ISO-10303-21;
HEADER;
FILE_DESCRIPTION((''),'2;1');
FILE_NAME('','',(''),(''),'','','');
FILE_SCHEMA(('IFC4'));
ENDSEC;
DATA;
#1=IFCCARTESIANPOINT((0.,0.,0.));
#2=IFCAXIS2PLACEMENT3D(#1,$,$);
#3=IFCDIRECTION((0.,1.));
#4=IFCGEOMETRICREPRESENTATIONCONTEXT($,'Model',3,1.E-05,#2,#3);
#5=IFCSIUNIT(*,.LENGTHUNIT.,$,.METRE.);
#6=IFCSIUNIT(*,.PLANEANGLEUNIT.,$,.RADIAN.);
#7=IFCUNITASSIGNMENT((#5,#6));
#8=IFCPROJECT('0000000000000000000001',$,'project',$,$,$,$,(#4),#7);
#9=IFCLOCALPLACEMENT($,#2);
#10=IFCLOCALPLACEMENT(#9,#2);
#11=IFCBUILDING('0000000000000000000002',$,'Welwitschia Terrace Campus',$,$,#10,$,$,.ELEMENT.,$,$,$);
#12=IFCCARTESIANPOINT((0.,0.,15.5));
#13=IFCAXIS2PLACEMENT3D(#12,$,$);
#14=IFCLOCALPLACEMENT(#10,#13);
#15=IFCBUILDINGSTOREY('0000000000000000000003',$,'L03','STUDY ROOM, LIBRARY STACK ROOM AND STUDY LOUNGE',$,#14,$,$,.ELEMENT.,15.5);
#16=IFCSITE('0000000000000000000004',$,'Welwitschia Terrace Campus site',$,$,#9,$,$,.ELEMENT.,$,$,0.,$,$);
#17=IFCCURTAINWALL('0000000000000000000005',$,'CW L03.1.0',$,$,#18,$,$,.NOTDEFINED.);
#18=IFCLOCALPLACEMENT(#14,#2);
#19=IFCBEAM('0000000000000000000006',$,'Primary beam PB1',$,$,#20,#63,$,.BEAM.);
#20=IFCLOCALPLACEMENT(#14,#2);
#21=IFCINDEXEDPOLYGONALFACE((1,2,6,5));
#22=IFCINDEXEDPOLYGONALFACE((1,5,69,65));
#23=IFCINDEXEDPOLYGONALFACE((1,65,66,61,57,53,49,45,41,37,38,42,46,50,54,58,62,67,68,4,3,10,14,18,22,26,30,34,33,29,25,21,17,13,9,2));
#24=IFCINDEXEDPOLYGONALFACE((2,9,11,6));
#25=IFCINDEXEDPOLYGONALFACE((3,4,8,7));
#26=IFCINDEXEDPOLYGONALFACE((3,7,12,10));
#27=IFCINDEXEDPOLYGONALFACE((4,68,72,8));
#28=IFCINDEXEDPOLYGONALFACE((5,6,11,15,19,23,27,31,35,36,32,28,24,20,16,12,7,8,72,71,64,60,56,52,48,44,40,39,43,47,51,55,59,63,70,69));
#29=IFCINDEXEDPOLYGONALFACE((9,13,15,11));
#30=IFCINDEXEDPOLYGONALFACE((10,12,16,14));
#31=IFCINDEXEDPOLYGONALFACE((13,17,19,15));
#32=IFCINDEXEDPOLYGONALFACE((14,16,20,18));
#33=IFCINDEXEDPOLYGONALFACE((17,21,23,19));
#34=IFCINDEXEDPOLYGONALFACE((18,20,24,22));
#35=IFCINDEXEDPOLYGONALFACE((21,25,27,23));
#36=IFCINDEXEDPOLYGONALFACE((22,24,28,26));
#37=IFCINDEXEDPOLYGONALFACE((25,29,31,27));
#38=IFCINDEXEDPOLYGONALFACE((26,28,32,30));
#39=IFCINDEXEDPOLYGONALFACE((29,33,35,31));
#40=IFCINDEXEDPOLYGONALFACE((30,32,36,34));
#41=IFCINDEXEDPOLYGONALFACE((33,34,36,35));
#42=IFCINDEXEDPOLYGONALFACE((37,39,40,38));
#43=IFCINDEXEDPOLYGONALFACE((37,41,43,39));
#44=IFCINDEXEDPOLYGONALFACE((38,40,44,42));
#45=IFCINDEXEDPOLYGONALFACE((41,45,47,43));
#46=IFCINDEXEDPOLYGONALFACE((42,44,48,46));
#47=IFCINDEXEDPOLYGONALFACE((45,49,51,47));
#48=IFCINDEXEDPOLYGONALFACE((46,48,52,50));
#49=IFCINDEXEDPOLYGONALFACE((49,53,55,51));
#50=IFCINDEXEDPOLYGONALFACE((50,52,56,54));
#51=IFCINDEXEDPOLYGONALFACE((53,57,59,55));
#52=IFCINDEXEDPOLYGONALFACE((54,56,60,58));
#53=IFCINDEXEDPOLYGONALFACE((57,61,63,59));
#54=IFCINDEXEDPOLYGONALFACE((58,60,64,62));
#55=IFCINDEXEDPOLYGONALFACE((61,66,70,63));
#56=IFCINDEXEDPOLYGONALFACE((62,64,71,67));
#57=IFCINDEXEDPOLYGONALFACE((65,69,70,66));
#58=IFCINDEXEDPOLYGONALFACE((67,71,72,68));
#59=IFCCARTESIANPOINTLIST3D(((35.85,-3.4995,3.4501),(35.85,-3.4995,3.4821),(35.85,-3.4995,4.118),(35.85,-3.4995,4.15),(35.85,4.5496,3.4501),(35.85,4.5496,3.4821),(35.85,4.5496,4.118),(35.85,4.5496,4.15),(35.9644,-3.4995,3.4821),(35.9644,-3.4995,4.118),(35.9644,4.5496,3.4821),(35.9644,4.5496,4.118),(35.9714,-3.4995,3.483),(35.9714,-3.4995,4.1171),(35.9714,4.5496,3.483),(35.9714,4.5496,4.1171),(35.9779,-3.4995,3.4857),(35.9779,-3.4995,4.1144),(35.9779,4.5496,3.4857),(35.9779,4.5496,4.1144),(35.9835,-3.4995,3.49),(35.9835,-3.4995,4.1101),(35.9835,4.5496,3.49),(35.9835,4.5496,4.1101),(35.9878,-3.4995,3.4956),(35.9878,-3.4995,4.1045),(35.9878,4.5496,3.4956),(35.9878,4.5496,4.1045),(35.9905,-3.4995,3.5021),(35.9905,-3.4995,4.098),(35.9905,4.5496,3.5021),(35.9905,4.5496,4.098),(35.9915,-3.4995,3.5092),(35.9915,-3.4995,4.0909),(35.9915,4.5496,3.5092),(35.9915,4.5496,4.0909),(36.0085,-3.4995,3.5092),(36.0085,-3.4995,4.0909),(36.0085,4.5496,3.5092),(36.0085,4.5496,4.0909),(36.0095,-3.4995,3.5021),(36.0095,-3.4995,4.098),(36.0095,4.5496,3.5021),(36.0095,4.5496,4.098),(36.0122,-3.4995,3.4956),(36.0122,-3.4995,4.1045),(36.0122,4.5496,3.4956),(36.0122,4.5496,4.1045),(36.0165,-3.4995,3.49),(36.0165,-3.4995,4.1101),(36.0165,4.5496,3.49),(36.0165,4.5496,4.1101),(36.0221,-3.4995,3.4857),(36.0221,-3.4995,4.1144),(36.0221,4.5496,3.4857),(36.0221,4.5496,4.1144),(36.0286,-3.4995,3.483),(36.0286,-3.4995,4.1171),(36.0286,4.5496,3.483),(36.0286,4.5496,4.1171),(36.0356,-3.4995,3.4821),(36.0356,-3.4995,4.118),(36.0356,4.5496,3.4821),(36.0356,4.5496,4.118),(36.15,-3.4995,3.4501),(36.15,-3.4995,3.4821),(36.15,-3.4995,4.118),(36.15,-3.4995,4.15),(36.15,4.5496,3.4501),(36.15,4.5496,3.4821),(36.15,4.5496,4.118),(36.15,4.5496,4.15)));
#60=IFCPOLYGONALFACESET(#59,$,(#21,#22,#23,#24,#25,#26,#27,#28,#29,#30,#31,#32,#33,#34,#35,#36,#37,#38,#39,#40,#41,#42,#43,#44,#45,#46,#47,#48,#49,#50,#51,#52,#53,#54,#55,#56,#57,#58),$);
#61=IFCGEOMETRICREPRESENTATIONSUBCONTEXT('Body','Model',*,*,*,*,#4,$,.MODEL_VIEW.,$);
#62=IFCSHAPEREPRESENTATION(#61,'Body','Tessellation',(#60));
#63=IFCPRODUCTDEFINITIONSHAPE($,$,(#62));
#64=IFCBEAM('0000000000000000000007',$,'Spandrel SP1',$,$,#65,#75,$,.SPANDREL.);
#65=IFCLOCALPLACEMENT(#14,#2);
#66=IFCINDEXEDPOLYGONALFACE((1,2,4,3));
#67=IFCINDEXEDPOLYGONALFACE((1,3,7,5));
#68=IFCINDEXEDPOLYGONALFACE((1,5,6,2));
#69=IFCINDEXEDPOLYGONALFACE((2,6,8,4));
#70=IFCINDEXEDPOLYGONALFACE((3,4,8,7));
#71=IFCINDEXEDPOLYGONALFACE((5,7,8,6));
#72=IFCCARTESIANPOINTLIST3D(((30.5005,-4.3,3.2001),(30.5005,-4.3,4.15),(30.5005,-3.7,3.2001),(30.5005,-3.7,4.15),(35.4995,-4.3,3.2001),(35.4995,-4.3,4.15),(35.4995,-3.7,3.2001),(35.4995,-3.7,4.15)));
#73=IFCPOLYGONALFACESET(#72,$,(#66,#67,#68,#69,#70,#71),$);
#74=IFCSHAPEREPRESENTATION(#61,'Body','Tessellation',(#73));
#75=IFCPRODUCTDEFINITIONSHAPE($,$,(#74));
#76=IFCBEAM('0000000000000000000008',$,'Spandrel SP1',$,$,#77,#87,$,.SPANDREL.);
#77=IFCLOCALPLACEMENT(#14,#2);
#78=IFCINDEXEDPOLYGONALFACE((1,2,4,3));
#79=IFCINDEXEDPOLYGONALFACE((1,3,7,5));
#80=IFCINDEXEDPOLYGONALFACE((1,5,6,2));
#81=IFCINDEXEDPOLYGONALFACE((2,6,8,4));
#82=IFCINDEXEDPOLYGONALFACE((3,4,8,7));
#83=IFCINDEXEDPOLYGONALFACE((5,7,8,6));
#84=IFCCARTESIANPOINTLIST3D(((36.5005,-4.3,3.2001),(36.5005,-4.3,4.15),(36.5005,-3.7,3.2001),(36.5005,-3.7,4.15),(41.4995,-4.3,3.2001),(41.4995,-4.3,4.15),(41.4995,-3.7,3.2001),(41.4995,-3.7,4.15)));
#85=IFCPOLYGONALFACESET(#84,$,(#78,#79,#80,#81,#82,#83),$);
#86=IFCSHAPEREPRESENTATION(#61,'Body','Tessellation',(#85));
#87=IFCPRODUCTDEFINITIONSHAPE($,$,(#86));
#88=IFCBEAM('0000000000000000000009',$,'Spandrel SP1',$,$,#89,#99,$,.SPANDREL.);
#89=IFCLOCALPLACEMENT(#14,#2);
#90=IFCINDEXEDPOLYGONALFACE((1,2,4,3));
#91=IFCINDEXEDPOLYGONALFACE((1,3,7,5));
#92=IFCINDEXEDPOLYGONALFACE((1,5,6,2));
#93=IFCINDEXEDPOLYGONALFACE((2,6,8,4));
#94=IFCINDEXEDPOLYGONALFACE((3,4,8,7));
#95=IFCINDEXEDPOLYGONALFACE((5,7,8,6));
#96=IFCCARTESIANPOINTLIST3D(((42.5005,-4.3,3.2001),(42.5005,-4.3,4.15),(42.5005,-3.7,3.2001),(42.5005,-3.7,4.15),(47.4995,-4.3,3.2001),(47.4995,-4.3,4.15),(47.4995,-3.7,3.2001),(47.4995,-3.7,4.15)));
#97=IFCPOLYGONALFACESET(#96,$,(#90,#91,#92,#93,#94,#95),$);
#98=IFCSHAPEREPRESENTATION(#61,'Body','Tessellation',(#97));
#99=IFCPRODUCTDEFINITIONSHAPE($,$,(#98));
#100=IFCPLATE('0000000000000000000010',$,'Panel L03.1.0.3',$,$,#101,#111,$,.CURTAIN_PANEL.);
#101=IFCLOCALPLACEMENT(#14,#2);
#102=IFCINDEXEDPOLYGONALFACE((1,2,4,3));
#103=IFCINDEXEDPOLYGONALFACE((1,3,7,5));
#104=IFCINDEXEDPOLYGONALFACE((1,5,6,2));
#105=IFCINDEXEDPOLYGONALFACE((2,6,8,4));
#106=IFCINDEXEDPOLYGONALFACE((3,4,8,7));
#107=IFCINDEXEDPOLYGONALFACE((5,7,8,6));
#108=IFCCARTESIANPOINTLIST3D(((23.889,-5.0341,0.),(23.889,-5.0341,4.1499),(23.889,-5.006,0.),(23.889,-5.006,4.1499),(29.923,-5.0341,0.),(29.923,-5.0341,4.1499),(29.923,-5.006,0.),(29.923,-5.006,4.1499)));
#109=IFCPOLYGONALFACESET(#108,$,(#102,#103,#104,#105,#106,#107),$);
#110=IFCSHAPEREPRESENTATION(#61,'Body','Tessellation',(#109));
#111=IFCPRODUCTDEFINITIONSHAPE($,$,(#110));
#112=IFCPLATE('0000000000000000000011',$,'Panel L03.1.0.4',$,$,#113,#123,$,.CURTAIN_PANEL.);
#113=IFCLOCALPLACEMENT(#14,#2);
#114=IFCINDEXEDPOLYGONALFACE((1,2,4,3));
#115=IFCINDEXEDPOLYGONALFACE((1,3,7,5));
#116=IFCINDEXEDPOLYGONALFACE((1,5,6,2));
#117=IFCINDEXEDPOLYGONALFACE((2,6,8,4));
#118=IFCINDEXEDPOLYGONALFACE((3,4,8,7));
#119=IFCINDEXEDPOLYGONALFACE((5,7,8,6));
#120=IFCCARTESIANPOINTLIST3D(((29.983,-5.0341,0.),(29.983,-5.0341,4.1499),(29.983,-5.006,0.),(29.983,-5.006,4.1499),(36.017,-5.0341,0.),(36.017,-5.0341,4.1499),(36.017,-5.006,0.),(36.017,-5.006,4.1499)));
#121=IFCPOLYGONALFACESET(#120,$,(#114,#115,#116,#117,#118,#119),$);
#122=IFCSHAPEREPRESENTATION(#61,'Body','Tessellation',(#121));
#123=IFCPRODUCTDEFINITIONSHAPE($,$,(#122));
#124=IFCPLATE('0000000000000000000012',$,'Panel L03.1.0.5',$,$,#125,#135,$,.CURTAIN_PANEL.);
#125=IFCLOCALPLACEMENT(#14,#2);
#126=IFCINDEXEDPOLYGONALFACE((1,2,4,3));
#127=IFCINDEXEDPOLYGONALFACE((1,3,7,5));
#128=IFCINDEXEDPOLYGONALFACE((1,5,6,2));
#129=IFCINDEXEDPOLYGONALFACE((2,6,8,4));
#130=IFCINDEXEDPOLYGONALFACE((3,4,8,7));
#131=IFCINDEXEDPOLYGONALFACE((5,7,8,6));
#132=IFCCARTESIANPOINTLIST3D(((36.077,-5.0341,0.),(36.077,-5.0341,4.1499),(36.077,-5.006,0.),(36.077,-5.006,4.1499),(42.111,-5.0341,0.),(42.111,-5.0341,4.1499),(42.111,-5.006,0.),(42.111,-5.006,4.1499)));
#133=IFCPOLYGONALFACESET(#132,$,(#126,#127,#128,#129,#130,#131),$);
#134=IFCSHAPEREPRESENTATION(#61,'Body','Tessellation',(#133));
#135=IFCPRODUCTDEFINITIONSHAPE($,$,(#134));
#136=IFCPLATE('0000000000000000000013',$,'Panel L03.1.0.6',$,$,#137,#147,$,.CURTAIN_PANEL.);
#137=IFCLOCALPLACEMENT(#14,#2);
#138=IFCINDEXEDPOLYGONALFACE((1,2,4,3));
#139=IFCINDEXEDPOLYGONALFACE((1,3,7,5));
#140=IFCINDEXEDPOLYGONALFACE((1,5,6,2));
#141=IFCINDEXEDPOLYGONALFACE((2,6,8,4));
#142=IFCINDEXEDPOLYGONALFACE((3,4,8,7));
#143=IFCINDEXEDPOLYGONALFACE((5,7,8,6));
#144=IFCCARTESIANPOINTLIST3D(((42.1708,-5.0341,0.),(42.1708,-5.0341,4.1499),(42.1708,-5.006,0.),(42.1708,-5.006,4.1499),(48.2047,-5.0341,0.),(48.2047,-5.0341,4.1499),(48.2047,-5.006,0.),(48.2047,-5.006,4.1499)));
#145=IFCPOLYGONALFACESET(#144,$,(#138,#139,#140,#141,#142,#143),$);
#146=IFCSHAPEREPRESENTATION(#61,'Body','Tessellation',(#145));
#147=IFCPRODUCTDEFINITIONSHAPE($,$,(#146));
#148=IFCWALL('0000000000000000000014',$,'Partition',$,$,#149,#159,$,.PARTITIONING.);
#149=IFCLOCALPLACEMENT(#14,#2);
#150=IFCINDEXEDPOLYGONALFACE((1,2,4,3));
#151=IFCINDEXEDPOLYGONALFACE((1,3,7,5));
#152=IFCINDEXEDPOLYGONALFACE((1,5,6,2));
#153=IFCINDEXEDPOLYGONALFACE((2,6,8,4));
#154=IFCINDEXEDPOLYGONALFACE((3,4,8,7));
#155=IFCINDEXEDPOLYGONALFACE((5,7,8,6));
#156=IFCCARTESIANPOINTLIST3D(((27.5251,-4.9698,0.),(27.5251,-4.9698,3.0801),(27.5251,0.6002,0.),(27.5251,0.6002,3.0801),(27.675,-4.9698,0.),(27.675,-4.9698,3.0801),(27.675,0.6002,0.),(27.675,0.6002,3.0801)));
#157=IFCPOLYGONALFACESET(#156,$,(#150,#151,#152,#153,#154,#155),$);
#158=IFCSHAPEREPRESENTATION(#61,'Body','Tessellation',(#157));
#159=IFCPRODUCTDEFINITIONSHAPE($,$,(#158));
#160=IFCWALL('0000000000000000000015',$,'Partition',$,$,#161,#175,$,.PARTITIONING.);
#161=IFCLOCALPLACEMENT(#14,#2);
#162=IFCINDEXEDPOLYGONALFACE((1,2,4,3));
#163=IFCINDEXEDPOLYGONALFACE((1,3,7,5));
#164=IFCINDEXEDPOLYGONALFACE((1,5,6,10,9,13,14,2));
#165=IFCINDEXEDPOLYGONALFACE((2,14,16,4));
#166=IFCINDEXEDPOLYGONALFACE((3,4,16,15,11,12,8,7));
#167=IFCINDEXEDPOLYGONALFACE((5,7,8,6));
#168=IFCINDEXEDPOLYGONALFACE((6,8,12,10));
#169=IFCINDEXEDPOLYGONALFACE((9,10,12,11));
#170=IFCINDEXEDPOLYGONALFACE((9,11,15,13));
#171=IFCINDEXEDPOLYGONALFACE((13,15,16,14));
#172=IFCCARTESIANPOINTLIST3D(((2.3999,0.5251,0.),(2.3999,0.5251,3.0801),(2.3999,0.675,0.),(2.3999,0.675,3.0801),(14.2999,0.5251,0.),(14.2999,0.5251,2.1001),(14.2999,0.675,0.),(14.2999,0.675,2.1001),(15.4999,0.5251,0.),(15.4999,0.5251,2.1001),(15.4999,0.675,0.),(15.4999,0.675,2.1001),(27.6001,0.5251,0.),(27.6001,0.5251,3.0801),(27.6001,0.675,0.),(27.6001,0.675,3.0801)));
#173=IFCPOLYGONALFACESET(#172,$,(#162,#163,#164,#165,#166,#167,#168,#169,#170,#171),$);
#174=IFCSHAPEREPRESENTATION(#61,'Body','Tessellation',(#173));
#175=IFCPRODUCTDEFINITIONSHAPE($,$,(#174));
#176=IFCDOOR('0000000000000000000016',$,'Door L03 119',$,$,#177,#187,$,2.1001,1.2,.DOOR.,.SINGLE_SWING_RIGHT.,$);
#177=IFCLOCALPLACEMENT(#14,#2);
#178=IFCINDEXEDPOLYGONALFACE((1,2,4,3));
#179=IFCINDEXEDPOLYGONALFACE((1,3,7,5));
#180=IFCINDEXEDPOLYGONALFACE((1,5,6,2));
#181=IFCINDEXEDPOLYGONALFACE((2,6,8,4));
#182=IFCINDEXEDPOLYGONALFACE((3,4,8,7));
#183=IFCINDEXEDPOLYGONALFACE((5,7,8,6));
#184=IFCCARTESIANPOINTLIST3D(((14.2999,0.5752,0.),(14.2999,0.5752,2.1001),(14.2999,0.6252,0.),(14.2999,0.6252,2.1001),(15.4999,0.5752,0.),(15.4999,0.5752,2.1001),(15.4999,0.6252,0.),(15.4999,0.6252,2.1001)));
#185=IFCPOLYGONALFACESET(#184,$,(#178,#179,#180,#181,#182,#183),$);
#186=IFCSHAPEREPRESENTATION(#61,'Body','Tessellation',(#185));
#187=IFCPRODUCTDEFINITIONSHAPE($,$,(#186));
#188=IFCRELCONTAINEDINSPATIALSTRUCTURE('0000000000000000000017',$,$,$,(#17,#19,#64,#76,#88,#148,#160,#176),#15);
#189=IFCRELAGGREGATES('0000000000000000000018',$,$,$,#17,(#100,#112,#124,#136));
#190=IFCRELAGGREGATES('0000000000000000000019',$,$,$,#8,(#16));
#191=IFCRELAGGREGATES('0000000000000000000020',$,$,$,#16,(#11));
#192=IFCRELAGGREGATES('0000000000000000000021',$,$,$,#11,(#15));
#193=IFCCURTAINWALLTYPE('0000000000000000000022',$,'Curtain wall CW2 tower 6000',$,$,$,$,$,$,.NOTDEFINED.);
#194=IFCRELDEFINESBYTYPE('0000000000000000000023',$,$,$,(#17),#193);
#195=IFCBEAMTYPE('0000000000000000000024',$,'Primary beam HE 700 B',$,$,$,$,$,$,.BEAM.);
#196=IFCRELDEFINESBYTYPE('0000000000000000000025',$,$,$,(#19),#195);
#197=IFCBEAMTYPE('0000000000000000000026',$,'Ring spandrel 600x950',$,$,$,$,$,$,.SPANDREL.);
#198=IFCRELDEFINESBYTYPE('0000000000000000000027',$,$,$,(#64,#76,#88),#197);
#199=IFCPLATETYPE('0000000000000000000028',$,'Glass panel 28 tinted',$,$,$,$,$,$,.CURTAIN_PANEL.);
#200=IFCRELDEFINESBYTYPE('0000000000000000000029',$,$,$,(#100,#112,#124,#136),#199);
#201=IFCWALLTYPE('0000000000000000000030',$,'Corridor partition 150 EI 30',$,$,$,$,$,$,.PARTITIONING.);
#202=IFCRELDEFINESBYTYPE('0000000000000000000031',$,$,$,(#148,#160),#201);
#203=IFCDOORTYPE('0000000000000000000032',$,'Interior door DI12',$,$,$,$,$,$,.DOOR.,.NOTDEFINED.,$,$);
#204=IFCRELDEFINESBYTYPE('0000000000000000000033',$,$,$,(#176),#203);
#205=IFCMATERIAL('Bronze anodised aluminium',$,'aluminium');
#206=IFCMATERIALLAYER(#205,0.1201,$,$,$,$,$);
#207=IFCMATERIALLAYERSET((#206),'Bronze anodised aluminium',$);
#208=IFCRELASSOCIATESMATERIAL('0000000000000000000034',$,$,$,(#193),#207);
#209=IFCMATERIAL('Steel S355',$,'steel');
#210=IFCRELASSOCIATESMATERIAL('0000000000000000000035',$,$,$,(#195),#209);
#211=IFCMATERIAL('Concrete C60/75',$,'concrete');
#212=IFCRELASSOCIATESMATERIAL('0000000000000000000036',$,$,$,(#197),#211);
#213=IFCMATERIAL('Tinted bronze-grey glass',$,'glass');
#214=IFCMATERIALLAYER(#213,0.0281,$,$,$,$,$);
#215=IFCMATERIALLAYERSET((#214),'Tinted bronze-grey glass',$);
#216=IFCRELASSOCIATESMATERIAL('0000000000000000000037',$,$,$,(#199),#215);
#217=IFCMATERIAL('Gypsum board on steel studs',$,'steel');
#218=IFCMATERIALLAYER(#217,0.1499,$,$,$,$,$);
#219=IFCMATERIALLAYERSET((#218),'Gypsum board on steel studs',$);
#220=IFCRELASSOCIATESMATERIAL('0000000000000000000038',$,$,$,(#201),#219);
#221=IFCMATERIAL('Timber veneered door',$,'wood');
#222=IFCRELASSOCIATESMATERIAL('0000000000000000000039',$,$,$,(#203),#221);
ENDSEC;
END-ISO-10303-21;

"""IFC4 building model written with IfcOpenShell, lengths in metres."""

from ifc_helpers import new_model, si_unit, direction, frame, frame_2d, origin, origin_2d, place, context, subcontext, project, spatial, rectangle, i_section, extrude, material, layer, layer_set, material_profile, profile_set, type_object, element, fill, aggregate, save


model = new_model("IFC4")

# Units and contexts
model_context = context("Model", 3, precision=1e-05, world=origin(), true_north=direction((0.0, 1.0)))
body_context = subcontext(model_context, "Body", "Model", "MODEL_VIEW")
ifc_project = project(units=[si_unit("LENGTHUNIT", "METRE"), si_unit("PLANEANGLEUNIT", "RADIAN")], contexts=[model_context])

# Site, building, storey
site_placement = place(None, origin())
site = spatial("IfcSite", under=ifc_project, at=site_placement, Name="Welwitschia Terrace Campus site", CompositionType="ELEMENT", RefElevation=0.0)
building_placement = place(site_placement, origin())
building = spatial("IfcBuilding", under=site, at=building_placement, Name="Welwitschia Terrace Campus", CompositionType="ELEMENT")
storey_placement = place(building_placement, frame((0.0, 0.0, 15.5)))
storey = spatial("IfcBuildingStorey", under=building, at=storey_placement, Name="L03", Description="STUDY ROOM, LIBRARY STACK ROOM AND STUDY LOUNGE", CompositionType="ELEMENT", Elevation=15.5)

# Curtain wall
ifc_material_1 = material(Name="Bronze anodised aluminium", Category="aluminium")
ifc_layer_1 = layer(ifc_material_1, 0.1201)
ifc_layer_set_1 = layer_set([ifc_layer_1], Name="Bronze anodised aluminium")
curtain_wall_type = type_object("IfcCurtainWallType", Name="Curtain wall CW2 tower 6000", PredefinedType="NOTDEFINED", material=ifc_layer_set_1)
curtain_wall_placement = place(storey_placement, origin())
curtain_wall = element("IfcCurtainWall", 1, at=curtain_wall_placement, inside=storey, type_object=curtain_wall_type, Name="CW L03.1.0", PredefinedType="NOTDEFINED")

# Beams
ifc_material_2 = material(Name="Steel S355", Category="steel")
ifc_material_profile_1 = material_profile(ifc_material_2, i_section(OverallWidth=0.3, OverallDepth=0.7, WebThickness=0.0171, FlangeThickness=0.032, FilletRadius=0.0271, at=origin_2d()))
ifc_profile_set_1 = profile_set([ifc_material_profile_1], Name="Steel S355")
beam_type_1 = type_object("IfcBeamType", Name="Primary beam HE 700 B", PredefinedType="BEAM", material=ifc_profile_set_1)
beam_placement = place(storey_placement, frame((36.0, -3.4995, 3.8), z_axis=(0.0, 1.0, 0.0), x_axis=(-1.0, 0.0, 0.0)))
element("IfcBeam", 2, at=beam_placement, inside=storey, type_object=beam_type_1, Name="Primary beam PB1", PredefinedType="BEAM", context=body_context, shape_type="SweptSolid", body=[
    extrude(i_section(OverallWidth=0.3, OverallDepth=0.7, WebThickness=0.0171, FlangeThickness=0.032, FilletRadius=0.0271, at=origin_2d()), origin(), (0.0, 0.0, 1.0), 8.0491),
])
ifc_material_3 = material(Name="Concrete C60/75", Category="concrete")
ifc_material_profile_2 = material_profile(ifc_material_3, rectangle(XDim=0.6001, YDim=0.95, at=origin_2d()))
ifc_profile_set_2 = profile_set([ifc_material_profile_2], Name="Concrete C60/75")
beam_type_2 = type_object("IfcBeamType", Name="Ring spandrel 600x950", PredefinedType="SPANDREL", material=ifc_profile_set_2)
for number, where, z_axis, x_axis, name in (
    (3, (30.5005, -4.0, 3.675), (1.0, 0.0, 0.0), (0.0, 1.0, 0.0), "Spandrel SP1"),
    (4, (36.5005, -4.0, 3.675), (1.0, 0.0, 0.0), (0.0, 1.0, 0.0), "Spandrel SP1"),
    (5, (42.5005, -4.0, 3.675), (1.0, 0.0, 0.0), (0.0, 1.0, 0.0), "Spandrel SP1"),
):
    element("IfcBeam", number, at=place(storey_placement, frame(where, z_axis=z_axis, x_axis=x_axis)), inside=storey, type_object=beam_type_2, Name=name, PredefinedType="SPANDREL", context=body_context, shape_type="SweptSolid", body=[
        extrude(rectangle(XDim=0.6001, YDim=0.95, at=origin_2d()), origin(), (0.0, 0.0, 1.0), 4.999),
    ])

# Plates
ifc_material_4 = material(Name="Tinted bronze-grey glass", Category="glass")
ifc_layer_2 = layer(ifc_material_4, 0.0281)
ifc_layer_set_2 = layer_set([ifc_layer_2], Name="Tinted bronze-grey glass")
plate_type = type_object("IfcPlateType", Name="Glass panel 28 tinted", PredefinedType="CURTAIN_PANEL", material=ifc_layer_set_2)
plate_1_placement = place(storey_placement, frame((26.906, -5.02, 0.0), z_axis=(0.0, 0.0, 1.0), x_axis=(1.0, 0.0, 0.0)))
plate_1 = element("IfcPlate", 6, at=plate_1_placement, type_object=plate_type, Name="Panel L03.1.0.3", PredefinedType="CURTAIN_PANEL", context=body_context, shape_type="SweptSolid", body=[
    extrude(rectangle(XDim=6.0339, YDim=0.0281, at=origin_2d()), origin(), (0.0, 0.0, 1.0), 4.1499),
])
plate_2_placement = place(storey_placement, frame((33.0, -5.02, 0.0), z_axis=(0.0, 0.0, 1.0), x_axis=(1.0, 0.0, 0.0)))
plate_2 = element("IfcPlate", 7, at=plate_2_placement, type_object=plate_type, Name="Panel L03.1.0.4", PredefinedType="CURTAIN_PANEL", context=body_context, shape_type="SweptSolid", body=[
    extrude(rectangle(XDim=6.0339, YDim=0.0281, at=origin_2d()), origin(), (0.0, 0.0, 1.0), 4.1499),
])
plate_3_placement = place(storey_placement, frame((39.094, -5.02, 0.0), z_axis=(0.0, 0.0, 1.0), x_axis=(1.0, 0.0, 0.0)))
plate_3 = element("IfcPlate", 8, at=plate_3_placement, type_object=plate_type, Name="Panel L03.1.0.5", PredefinedType="CURTAIN_PANEL", context=body_context, shape_type="SweptSolid", body=[
    extrude(rectangle(XDim=6.0339, YDim=0.0281, at=origin_2d()), origin(), (0.0, 0.0, 1.0), 4.1499),
])
plate_4_placement = place(storey_placement, frame((45.1877, -5.02, 0.0), z_axis=(0.0, 0.0, 1.0), x_axis=(1.0, 0.0, 0.0)))
plate_4 = element("IfcPlate", 9, at=plate_4_placement, type_object=plate_type, Name="Panel L03.1.0.6", PredefinedType="CURTAIN_PANEL", context=body_context, shape_type="SweptSolid", body=[
    extrude(rectangle(XDim=6.0339, YDim=0.0281, at=origin_2d()), origin(), (0.0, 0.0, 1.0), 4.1499),
])
aggregate(curtain_wall, [plate_1, plate_2, plate_3, plate_4])

# Wall
ifc_material_5 = material(Name="Gypsum board on steel studs", Category="steel")
ifc_layer_3 = layer(ifc_material_5, 0.1499)
ifc_layer_set_3 = layer_set([ifc_layer_3], Name="Gypsum board on steel studs")
wall_type = type_object("IfcWallType", Name="Corridor partition 150 EI 30", PredefinedType="PARTITIONING", material=ifc_layer_set_3)
wall_1_placement = place(storey_placement, frame((27.6001, -4.97, 0.0), z_axis=(0.0, 0.0, 1.0), x_axis=(0.0, 1.0, 0.0)))
element("IfcWall", 10, at=wall_1_placement, inside=storey, type_object=wall_type, Name="Partition", PredefinedType="PARTITIONING", context=body_context, shape_type="SweptSolid", body=[
    extrude(rectangle(XDim=5.5701, YDim=0.1499, at=frame_2d((2.7852, 0.0))), origin(), (0.0, 0.0, 1.0), 3.0801),
])

# Wall, opening, door
wall_2_placement = place(storey_placement, frame((27.6001, 0.6001, 0.0), z_axis=(0.0, 0.0, 1.0), x_axis=(-1.0, 0.0, 0.0)))
wall_2 = element("IfcWall", 11, at=wall_2_placement, inside=storey, type_object=wall_type, Name="Partition", PredefinedType="PARTITIONING", context=body_context, shape_type="SweptSolid", body=[
    extrude(rectangle(XDim=25.2002, YDim=0.1499, at=frame_2d((12.6001, 0.0))), origin(), (0.0, 0.0, 1.0), 3.0801),
])
opening_placement = place(wall_2_placement, frame((12.1001, 0.0, 0.0)))
opening = element("IfcOpeningElement", 12, at=opening_placement, cuts=wall_2, PredefinedType="OPENING", context=body_context, shape_type="SweptSolid", body=[
    extrude(rectangle(XDim=1.2, YDim=2.1001, at=frame_2d((0.6001, 1.05))), frame((0.0, 0.085, 0.0), z_axis=(0.0, -1.0, 0.0), x_axis=(1.0, 0.0, 0.0)), (0.0, 0.0, 1.0), 0.1699),
])
ifc_material_6 = material(Name="Timber veneered door", Category="wood")
door_type = type_object("IfcDoorType", Name="Interior door DI12", OperationType="NOTDEFINED", PredefinedType="DOOR", material=ifc_material_6)
door_placement = place(opening_placement, origin())
door = element("IfcDoor", 13, at=door_placement, inside=storey, type_object=door_type, Name="Door L03 119", OperationType="SINGLE_SWING_RIGHT", OverallHeight=2.1001, OverallWidth=1.2, PredefinedType="DOOR", context=body_context, shape_type="SweptSolid", body=[
    extrude(rectangle(XDim=1.2, YDim=2.1001, at=frame_2d((0.6001, 1.05))), frame((0.0, 0.0249, 0.0), z_axis=(0.0, -1.0, 0.0), x_axis=(1.0, 0.0, 0.0)), (0.0, 0.0, 1.0), 0.05),
])
fill(opening, door)

save(model, "model.ifc")
